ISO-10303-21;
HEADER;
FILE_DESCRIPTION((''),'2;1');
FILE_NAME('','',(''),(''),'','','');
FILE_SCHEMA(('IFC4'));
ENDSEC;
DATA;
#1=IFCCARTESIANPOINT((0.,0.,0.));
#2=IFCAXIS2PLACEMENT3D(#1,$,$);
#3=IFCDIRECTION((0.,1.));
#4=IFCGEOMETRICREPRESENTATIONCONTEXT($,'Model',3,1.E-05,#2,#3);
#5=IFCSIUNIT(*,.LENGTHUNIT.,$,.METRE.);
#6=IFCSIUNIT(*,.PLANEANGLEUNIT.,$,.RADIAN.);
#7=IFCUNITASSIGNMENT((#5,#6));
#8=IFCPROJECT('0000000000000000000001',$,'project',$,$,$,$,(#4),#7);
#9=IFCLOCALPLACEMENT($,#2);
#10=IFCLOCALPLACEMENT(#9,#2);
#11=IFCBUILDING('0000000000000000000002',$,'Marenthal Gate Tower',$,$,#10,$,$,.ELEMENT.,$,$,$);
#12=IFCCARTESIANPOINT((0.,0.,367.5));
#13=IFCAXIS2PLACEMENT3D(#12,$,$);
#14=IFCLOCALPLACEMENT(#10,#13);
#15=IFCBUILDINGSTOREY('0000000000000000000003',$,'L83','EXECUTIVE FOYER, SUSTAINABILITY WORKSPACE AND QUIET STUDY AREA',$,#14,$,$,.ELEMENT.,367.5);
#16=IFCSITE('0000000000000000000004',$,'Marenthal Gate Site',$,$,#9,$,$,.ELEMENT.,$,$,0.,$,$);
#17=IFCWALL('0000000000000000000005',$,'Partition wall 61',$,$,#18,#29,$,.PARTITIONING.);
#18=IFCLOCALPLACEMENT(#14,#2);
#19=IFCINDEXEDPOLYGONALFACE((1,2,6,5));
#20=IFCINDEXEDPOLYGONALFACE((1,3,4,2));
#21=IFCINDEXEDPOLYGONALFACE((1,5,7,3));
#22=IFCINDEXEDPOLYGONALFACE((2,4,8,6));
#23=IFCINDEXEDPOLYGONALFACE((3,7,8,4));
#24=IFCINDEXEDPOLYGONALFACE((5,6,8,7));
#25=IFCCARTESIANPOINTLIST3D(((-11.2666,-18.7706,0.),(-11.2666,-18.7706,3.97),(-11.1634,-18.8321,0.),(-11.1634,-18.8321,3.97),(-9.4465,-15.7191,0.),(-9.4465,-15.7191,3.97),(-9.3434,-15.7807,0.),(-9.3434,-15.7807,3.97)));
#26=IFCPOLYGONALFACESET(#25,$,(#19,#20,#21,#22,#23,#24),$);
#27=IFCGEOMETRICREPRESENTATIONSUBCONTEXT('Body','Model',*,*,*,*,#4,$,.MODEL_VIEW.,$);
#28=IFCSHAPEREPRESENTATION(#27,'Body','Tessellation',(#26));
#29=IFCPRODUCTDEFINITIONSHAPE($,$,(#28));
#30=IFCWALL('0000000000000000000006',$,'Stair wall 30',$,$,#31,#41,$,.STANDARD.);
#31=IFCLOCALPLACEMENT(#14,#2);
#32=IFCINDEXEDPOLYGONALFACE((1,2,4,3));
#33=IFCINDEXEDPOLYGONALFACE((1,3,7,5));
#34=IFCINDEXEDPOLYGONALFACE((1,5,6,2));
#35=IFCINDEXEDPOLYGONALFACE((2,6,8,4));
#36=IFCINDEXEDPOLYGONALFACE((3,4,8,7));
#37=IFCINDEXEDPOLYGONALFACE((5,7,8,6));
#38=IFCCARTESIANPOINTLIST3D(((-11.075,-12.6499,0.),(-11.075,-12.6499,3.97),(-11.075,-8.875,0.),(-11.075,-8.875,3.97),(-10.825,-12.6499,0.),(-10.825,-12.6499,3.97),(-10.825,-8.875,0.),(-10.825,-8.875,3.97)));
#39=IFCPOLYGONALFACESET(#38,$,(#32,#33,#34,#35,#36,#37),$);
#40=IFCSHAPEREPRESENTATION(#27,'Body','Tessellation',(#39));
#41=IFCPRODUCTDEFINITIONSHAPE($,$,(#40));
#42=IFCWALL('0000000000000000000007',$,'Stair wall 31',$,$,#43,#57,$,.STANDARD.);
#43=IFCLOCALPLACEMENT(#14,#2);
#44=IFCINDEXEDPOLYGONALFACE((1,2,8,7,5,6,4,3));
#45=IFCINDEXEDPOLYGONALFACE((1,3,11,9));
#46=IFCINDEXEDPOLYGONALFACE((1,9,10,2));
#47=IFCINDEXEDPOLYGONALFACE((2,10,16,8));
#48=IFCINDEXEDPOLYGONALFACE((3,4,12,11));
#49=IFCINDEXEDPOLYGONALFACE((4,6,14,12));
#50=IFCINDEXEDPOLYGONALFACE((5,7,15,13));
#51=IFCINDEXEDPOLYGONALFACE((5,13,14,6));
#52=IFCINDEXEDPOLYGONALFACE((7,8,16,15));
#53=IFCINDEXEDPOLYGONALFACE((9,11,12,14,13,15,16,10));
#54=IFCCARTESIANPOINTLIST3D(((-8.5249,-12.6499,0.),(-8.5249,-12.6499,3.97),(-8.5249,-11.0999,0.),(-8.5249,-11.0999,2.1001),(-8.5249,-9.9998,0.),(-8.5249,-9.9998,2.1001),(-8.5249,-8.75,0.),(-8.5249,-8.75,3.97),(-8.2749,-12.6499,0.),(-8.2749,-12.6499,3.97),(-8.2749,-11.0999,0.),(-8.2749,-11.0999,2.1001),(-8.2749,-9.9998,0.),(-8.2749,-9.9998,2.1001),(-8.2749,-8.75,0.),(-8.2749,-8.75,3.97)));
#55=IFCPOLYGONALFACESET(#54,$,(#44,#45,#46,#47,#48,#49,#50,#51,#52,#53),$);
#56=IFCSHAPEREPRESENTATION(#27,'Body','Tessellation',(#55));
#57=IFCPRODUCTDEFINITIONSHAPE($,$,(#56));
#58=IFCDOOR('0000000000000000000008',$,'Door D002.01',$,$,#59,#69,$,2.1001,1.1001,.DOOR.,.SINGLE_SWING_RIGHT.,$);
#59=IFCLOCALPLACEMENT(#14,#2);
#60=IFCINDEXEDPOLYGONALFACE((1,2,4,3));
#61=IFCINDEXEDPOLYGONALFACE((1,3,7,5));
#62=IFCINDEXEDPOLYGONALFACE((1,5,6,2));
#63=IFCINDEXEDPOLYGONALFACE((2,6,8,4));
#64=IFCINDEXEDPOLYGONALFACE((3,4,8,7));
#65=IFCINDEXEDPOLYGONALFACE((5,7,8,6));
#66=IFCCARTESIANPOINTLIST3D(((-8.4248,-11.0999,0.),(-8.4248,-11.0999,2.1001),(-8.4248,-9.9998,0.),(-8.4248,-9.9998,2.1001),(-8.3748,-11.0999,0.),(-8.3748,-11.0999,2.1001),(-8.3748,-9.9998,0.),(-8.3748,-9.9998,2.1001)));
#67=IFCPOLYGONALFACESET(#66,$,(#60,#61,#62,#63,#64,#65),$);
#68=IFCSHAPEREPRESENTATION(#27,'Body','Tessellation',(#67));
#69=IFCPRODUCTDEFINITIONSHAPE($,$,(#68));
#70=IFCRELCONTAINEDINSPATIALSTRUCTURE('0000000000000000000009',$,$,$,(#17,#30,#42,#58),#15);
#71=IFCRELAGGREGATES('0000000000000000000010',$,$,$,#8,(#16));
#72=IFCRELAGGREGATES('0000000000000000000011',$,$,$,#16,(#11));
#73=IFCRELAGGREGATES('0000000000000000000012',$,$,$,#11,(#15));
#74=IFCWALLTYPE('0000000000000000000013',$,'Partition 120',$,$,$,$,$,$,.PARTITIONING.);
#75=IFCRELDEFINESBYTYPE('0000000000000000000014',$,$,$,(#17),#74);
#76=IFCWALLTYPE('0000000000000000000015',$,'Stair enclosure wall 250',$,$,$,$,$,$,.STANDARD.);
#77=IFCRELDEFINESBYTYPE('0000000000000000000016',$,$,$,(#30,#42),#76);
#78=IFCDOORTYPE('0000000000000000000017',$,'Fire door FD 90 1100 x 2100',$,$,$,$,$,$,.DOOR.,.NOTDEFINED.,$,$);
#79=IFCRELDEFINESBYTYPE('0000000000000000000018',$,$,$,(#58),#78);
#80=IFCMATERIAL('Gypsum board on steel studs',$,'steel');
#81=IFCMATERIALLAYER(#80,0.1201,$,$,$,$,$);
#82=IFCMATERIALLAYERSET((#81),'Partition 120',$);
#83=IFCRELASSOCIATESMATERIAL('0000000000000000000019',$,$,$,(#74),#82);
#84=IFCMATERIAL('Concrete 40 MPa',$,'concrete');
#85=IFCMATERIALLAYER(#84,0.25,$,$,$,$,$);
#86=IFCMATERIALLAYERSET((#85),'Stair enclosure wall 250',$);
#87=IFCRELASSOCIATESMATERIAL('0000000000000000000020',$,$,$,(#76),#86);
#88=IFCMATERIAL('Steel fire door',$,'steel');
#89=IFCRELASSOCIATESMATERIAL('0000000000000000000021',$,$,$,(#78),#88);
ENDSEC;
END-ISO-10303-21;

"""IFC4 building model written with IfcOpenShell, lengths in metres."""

from ifc_helpers import new_model, si_unit, direction, frame, frame_2d, origin, place, context, subcontext, project, spatial, rectangle, extrude, material, layer, layer_set, type_object, element, fill, save


model = new_model("IFC4")

# Units and contexts
model_context = context("Model", 3, precision=1e-05, world=origin(), true_north=direction((0.0, 1.0)))
body_context = subcontext(model_context, "Body", "Model", "MODEL_VIEW")
ifc_project = project(units=[si_unit("LENGTHUNIT", "METRE"), si_unit("PLANEANGLEUNIT", "RADIAN")], contexts=[model_context])

# Site, building, storey
site_placement = place(None, origin())
site = spatial("IfcSite", under=ifc_project, at=site_placement, Name="Marenthal Gate Site", CompositionType="ELEMENT", RefElevation=0.0)
building_placement = place(site_placement, origin())
building = spatial("IfcBuilding", under=site, at=building_placement, Name="Marenthal Gate Tower", CompositionType="ELEMENT")
storey_placement = place(building_placement, frame((0.0, 0.0, 367.5)))
storey = spatial("IfcBuildingStorey", under=building, at=storey_placement, Name="L83", Description="EXECUTIVE FOYER, SUSTAINABILITY WORKSPACE AND QUIET STUDY AREA", CompositionType="ELEMENT", Elevation=367.5)

# Walls
ifc_material_1 = material(Name="Gypsum board on steel studs", Category="steel")
ifc_layer_1 = layer(ifc_material_1, 0.1201)
ifc_layer_set_1 = layer_set([ifc_layer_1], Name="Partition 120")
wall_type_1 = type_object("IfcWallType", Name="Partition 120", PredefinedType="PARTITIONING", material=ifc_layer_set_1)
wall_1_placement = place(storey_placement, frame((-9.395, -15.75, 0.0), z_axis=(0.0, 0.0, 1.0), x_axis=(-0.512251, -0.858836, 0.0)))
element("IfcWall", 1, at=wall_1_placement, inside=storey, type_object=wall_type_1, Name="Partition wall 61", PredefinedType="PARTITIONING", context=body_context, shape_type="SweptSolid", body=[
    extrude(rectangle(XDim=3.553, YDim=0.1201, at=frame_2d((1.7764, 0.0))), origin(), (0.0, 0.0, 1.0), 3.97),
])
ifc_material_2 = material(Name="Concrete 40 MPa", Category="concrete")
ifc_layer_2 = layer(ifc_material_2, 0.25)
ifc_layer_set_2 = layer_set([ifc_layer_2], Name="Stair enclosure wall 250")
wall_type_2 = type_object("IfcWallType", Name="Stair enclosure wall 250", PredefinedType="STANDARD", material=ifc_layer_set_2)
wall_2_placement = place(storey_placement, frame((-10.95, -12.6499, 0.0), z_axis=(0.0, 0.0, 1.0), x_axis=(0.0, 1.0, 0.0)))
element("IfcWall", 2, at=wall_2_placement, inside=storey, type_object=wall_type_2, Name="Stair wall 30", PredefinedType="STANDARD", context=body_context, shape_type="SweptSolid", body=[
    extrude(rectangle(XDim=3.7749, YDim=0.25, at=frame_2d((1.8875, 0.0))), origin(), (0.0, 0.0, 1.0), 3.97),
])

# Wall, opening, door
wall_3_placement = place(storey_placement, frame((-8.3999, -12.6499, 0.0), z_axis=(0.0, 0.0, 1.0), x_axis=(0.0, 1.0, 0.0)))
wall_3 = element("IfcWall", 3, at=wall_3_placement, inside=storey, type_object=wall_type_2, Name="Stair wall 31", PredefinedType="STANDARD", context=body_context, shape_type="SweptSolid", body=[
    extrude(rectangle(XDim=3.8999, YDim=0.25, at=frame_2d((1.95, 0.0))), origin(), (0.0, 0.0, 1.0), 3.97),
])
opening_1_placement = place(wall_3_placement, frame((1.55, 0.0, 0.0)))
opening_1 = element("IfcOpeningElement", 4, at=opening_1_placement, cuts=wall_3, PredefinedType="OPENING", context=body_context, shape_type="SweptSolid", body=[
    extrude(rectangle(XDim=1.1001, YDim=2.1001, at=frame_2d((0.55, 1.05))), frame((0.0, 0.135, 0.0), z_axis=(0.0, -1.0, 0.0), x_axis=(1.0, 0.0, 0.0)), (0.0, 0.0, 1.0), 0.27),
])
ifc_material_3 = material(Name="Steel fire door", Category="steel")
door_type_1 = type_object("IfcDoorType", Name="Fire door FD 90 1100 x 2100", OperationType="NOTDEFINED", PredefinedType="DOOR", material=ifc_material_3)
door_1_placement = place(opening_1_placement, origin())
door_1 = element("IfcDoor", 5, at=door_1_placement, inside=storey, type_object=door_type_1, Name="Door D002.01", OperationType="SINGLE_SWING_RIGHT", OverallHeight=2.1001, OverallWidth=1.1001, PredefinedType="DOOR", context=body_context, shape_type="SweptSolid", body=[
    extrude(rectangle(XDim=1.1001, YDim=2.1001, at=frame_2d((0.55, 1.05))), frame((0.0, 0.0249, 0.0), z_axis=(0.0, -1.0, 0.0), x_axis=(1.0, 0.0, 0.0)), (0.0, 0.0, 1.0), 0.05),
])
fill(opening_1, door_1)

save(model, "model.ifc")
